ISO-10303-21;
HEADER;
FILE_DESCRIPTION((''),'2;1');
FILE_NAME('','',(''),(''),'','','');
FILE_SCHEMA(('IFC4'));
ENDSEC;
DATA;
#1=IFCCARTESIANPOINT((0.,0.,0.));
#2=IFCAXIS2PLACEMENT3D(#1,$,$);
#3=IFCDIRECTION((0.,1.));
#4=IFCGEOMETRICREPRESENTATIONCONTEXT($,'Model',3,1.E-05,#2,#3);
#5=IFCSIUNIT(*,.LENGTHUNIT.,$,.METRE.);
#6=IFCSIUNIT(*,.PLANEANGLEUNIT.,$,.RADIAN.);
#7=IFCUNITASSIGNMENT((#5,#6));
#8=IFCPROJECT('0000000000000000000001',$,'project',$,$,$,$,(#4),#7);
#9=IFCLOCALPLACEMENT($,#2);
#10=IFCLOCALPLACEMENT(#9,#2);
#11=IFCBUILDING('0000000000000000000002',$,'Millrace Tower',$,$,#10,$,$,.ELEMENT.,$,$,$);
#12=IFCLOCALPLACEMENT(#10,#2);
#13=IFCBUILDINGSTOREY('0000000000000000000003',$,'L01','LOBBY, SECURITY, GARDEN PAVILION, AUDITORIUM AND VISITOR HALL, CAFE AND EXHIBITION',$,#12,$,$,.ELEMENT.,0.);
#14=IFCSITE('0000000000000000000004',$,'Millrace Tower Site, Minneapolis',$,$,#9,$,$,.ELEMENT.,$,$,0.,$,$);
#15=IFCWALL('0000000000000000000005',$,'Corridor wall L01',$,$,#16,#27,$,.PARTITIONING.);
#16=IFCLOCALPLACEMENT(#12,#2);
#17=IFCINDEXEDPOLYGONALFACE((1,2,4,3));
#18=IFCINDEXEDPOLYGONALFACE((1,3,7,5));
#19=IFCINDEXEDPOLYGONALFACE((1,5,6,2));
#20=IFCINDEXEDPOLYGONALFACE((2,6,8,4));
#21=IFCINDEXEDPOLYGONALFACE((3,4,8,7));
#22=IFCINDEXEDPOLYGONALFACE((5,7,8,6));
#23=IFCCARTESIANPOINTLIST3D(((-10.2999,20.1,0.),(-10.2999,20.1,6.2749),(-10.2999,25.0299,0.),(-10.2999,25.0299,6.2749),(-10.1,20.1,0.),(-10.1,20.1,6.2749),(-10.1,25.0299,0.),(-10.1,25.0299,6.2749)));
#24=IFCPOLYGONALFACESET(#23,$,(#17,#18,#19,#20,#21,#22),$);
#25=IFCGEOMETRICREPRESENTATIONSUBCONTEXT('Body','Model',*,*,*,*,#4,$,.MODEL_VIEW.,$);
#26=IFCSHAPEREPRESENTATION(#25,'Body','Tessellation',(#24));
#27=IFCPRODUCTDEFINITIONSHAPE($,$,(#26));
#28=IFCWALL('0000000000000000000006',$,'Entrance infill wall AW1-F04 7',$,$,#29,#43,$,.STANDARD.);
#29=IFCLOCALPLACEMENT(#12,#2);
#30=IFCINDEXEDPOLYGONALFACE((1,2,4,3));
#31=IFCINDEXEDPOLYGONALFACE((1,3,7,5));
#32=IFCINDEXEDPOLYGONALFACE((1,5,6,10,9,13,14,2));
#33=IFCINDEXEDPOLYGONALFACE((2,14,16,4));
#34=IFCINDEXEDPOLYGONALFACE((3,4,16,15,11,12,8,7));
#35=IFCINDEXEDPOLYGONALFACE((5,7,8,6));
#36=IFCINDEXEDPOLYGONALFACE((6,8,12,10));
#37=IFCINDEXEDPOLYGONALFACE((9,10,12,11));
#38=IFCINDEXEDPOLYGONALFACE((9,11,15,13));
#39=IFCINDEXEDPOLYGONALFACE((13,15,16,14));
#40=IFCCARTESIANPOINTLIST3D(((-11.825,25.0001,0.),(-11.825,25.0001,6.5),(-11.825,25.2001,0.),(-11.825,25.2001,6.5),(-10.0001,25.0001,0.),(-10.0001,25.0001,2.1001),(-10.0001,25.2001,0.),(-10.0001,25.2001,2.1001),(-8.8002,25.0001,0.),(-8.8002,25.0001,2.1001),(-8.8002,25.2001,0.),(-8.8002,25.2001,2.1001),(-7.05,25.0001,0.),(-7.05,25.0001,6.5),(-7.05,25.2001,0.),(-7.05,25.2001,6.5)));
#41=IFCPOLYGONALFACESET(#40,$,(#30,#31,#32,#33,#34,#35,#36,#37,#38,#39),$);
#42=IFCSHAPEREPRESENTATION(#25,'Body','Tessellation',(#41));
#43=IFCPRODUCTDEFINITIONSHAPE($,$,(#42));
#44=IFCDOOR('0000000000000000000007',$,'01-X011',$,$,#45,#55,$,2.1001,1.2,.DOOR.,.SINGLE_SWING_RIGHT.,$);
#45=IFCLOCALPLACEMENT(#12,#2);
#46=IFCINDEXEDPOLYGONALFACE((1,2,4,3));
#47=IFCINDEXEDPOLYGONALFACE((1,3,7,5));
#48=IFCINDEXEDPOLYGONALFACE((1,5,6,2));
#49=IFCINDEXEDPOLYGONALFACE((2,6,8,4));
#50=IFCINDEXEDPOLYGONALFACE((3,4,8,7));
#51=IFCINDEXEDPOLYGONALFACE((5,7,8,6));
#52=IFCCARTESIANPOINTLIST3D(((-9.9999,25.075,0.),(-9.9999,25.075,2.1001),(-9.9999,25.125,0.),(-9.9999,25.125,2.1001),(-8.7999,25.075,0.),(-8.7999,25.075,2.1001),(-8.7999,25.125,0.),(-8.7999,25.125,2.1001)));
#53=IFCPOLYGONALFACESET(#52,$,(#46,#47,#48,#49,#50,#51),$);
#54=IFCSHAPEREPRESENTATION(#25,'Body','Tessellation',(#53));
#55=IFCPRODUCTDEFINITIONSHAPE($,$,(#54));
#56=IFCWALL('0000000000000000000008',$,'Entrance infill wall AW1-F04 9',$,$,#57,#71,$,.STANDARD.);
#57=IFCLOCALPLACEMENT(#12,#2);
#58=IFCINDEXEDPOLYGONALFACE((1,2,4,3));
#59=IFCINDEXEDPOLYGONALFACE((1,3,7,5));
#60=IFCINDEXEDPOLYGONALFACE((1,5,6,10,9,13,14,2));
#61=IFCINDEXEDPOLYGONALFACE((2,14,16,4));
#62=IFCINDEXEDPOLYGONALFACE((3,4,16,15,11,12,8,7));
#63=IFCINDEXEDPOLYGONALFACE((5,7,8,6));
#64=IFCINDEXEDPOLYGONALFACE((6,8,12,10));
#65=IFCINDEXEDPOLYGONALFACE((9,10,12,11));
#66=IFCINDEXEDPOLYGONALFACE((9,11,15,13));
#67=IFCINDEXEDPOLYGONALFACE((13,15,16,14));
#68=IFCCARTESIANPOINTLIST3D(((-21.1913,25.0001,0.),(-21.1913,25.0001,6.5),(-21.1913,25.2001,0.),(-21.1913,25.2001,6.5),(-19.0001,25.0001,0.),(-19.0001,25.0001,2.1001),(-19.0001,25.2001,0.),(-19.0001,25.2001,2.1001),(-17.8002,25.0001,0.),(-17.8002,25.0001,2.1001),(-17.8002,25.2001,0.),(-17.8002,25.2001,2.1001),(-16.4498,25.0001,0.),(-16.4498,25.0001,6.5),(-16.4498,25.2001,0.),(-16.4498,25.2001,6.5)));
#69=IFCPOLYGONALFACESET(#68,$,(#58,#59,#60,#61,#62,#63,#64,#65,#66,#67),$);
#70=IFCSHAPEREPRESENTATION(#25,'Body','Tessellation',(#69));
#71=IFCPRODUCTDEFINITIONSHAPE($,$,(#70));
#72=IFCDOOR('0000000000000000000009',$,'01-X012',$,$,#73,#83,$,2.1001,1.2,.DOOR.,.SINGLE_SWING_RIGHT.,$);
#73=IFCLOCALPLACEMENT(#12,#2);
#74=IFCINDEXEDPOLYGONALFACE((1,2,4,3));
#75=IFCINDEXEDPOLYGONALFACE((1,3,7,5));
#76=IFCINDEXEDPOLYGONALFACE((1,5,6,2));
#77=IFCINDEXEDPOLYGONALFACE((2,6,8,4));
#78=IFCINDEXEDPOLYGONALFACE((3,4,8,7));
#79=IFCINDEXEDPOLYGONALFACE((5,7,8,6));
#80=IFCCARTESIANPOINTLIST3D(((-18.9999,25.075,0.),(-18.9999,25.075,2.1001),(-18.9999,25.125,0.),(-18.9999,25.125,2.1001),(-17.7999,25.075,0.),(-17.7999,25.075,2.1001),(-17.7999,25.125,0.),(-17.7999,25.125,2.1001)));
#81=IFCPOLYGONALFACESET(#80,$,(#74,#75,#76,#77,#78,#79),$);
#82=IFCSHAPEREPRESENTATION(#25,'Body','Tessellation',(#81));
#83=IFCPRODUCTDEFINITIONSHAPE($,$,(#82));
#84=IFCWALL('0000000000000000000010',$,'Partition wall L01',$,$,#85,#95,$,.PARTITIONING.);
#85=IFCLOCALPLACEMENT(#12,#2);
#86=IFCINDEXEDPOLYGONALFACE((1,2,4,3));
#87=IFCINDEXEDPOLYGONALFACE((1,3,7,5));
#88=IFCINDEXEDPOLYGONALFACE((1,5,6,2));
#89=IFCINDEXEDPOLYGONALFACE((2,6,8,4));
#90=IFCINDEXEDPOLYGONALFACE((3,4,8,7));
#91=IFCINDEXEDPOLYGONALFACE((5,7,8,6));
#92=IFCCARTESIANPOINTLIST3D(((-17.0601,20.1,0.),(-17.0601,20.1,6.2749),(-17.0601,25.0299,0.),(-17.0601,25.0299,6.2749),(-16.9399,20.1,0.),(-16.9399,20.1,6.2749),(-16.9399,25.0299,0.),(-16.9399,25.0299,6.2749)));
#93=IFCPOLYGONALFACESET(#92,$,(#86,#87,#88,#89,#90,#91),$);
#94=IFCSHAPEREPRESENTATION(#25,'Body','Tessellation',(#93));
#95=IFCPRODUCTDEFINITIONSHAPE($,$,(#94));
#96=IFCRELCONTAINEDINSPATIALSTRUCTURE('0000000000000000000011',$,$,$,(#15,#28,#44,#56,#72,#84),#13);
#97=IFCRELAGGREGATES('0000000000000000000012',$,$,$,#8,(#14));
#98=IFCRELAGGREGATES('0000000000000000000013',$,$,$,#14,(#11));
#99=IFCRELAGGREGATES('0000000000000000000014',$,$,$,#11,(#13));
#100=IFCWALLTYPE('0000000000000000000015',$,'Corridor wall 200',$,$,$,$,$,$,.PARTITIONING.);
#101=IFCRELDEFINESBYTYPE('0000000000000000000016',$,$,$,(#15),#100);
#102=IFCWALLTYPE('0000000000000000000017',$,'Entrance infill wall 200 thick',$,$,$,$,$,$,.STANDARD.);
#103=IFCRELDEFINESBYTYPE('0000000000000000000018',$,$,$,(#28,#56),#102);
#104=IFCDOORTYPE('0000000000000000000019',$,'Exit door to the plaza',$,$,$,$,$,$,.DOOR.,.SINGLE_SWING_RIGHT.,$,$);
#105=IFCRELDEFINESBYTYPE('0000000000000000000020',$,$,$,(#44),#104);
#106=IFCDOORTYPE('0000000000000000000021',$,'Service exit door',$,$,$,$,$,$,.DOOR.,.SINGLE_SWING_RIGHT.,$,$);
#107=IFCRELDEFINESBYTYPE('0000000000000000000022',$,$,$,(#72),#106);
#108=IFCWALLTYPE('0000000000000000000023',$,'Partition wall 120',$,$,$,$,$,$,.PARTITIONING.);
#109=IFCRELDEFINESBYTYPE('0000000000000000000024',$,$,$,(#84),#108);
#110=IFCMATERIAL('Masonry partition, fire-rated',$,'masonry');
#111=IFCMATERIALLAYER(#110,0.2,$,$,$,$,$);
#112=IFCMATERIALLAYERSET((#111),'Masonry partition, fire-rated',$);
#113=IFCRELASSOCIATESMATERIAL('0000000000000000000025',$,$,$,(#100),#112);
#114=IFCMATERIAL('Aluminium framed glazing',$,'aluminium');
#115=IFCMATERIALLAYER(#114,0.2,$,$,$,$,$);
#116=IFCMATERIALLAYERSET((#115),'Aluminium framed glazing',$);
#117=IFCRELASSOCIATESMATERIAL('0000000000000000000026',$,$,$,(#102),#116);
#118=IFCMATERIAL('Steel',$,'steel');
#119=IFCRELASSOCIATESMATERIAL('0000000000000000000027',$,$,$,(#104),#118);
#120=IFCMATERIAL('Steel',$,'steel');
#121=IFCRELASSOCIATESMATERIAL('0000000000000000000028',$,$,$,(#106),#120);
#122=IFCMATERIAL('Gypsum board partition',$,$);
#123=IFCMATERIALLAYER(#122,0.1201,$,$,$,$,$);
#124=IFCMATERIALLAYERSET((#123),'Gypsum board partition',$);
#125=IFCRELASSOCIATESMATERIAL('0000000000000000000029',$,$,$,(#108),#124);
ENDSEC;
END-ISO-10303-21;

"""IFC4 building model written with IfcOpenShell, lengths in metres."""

from ifc_helpers import new_model, si_unit, direction, frame, frame_2d, origin, place, context, subcontext, project, spatial, rectangle, extrude, material, layer, layer_set, type_object, element, fill, save


model = new_model("IFC4")

# Units and contexts
model_context = context("Model", 3, precision=1e-05, world=origin(), true_north=direction((0.0, 1.0)))
body_context = subcontext(model_context, "Body", "Model", "MODEL_VIEW")
ifc_project = project(units=[si_unit("LENGTHUNIT", "METRE"), si_unit("PLANEANGLEUNIT", "RADIAN")], contexts=[model_context])

# Site, building, storey
site_placement = place(None, origin())
site = spatial("IfcSite", under=ifc_project, at=site_placement, Name="Millrace Tower Site, Minneapolis", CompositionType="ELEMENT", RefElevation=0.0)
building_placement = place(site_placement, origin())
building = spatial("IfcBuilding", under=site, at=building_placement, Name="Millrace Tower", CompositionType="ELEMENT")
storey_placement = place(building_placement, origin())
storey = spatial("IfcBuildingStorey", under=building, at=storey_placement, Name="L01", Description="LOBBY, SECURITY, GARDEN PAVILION, AUDITORIUM AND VISITOR HALL, CAFE AND EXHIBITION", CompositionType="ELEMENT", Elevation=0.0)

# Shared definitions
ifc_material_1 = material(Name="Masonry partition, fire-rated", Category="masonry")
ifc_layer_1 = layer(ifc_material_1, 0.2)
ifc_layer_set_1 = layer_set([ifc_layer_1], Name="Masonry partition, fire-rated")
wall_type_1 = type_object("IfcWallType", Name="Corridor wall 200", PredefinedType="PARTITIONING", material=ifc_layer_set_1)

# Wall
for number, where, z_axis, x_axis, name in (
    (1, (-10.2, 20.1001, 0.0), (0.0, 0.0, 1.0), (0.0, 1.0, 0.0), "Corridor wall L01"),
):
    element("IfcWall", number, at=place(storey_placement, frame(where, z_axis=z_axis, x_axis=x_axis)), inside=storey, type_object=wall_type_1, Name=name, PredefinedType="PARTITIONING", context=body_context, shape_type="SweptSolid", body=[
        extrude(rectangle(XDim=4.9299, YDim=0.2, at=frame_2d((2.4648, 0.0))), origin(), (0.0, 0.0, 1.0), 6.2749),
    ])

# Walls, openings, doors
ifc_material_2 = material(Name="Aluminium framed glazing", Category="aluminium")
ifc_layer_2 = layer(ifc_material_2, 0.2)
ifc_layer_set_2 = layer_set([ifc_layer_2], Name="Aluminium framed glazing")
wall_type_2 = type_object("IfcWallType", Name="Entrance infill wall 200 thick", PredefinedType="STANDARD", material=ifc_layer_set_2)
wall_1_placement = place(storey_placement, frame((-7.05, 25.1001, 0.0), z_axis=(0.0, 0.0, 1.0), x_axis=(-1.0, 0.0, 0.0)))
wall_1 = element("IfcWall", 2, at=wall_1_placement, inside=storey, type_object=wall_type_2, Name="Entrance infill wall AW1-F04 7", PredefinedType="STANDARD", context=body_context, shape_type="SweptSolid", body=[
    extrude(rectangle(XDim=4.7749, YDim=0.2, at=frame_2d((2.3875, 0.0))), origin(), (0.0, 0.0, 1.0), 6.5),
])
opening_1_placement = place(wall_1_placement, frame((1.75, 0.0, 0.0)))
opening_1 = element("IfcOpeningElement", 3, at=opening_1_placement, cuts=wall_1, PredefinedType="OPENING", context=body_context, shape_type="SweptSolid", body=[
    extrude(rectangle(XDim=1.2, YDim=2.1001, at=frame_2d((0.6001, 1.05))), frame((0.0, 0.1099, 0.0), z_axis=(0.0, -1.0, 0.0), x_axis=(1.0, 0.0, 0.0)), (0.0, 0.0, 1.0), 0.22),
])
ifc_material_3 = material(Name="Steel", Category="steel")
door_type_1 = type_object("IfcDoorType", Name="Exit door to the plaza", OperationType="SINGLE_SWING_RIGHT", PredefinedType="DOOR", material=ifc_material_3)
door_1_placement = place(opening_1_placement, frame((1.2, 0.0, 0.0), z_axis=(0.0, 0.0, 1.0), x_axis=(-1.0, 0.0, 0.0)))
door_1 = element("IfcDoor", 4, at=door_1_placement, inside=storey, type_object=door_type_1, Name="01-X011", OperationType="SINGLE_SWING_RIGHT", OverallHeight=2.1001, OverallWidth=1.2, PredefinedType="DOOR", context=body_context, shape_type="SweptSolid", body=[
    extrude(rectangle(XDim=1.2, YDim=2.1001, at=frame_2d((0.6001, 1.05))), frame((0.0, 0.0249, 0.0), z_axis=(0.0, -1.0, 0.0), x_axis=(1.0, 0.0, 0.0)), (0.0, 0.0, 1.0), 0.05),
])
fill(opening_1, door_1)
wall_2_placement = place(storey_placement, frame((-16.45, 25.1001, 0.0), z_axis=(0.0, 0.0, 1.0), x_axis=(-1.0, 0.0, 0.0)))
wall_2 = element("IfcWall", 5, at=wall_2_placement, inside=storey, type_object=wall_type_2, Name="Entrance infill wall AW1-F04 9", PredefinedType="STANDARD", context=body_context, shape_type="SweptSolid", body=[
    extrude(rectangle(XDim=4.7415, YDim=0.2, at=frame_2d((2.3706, 0.0))), origin(), (0.0, 0.0, 1.0), 6.5),
])
opening_2_placement = place(wall_2_placement, frame((1.3501, 0.0, 0.0)))
opening_2 = element("IfcOpeningElement", 6, at=opening_2_placement, cuts=wall_2, PredefinedType="OPENING", context=body_context, shape_type="SweptSolid", body=[
    extrude(rectangle(XDim=1.2, YDim=2.1001, at=frame_2d((0.6001, 1.05))), frame((0.0, 0.1099, 0.0), z_axis=(0.0, -1.0, 0.0), x_axis=(1.0, 0.0, 0.0)), (0.0, 0.0, 1.0), 0.22),
])
ifc_material_4 = material(Name="Steel", Category="steel")
door_type_2 = type_object("IfcDoorType", Name="Service exit door", OperationType="SINGLE_SWING_RIGHT", PredefinedType="DOOR", material=ifc_material_4)
door_2_placement = place(opening_2_placement, frame((1.2, 0.0, 0.0), z_axis=(0.0, 0.0, 1.0), x_axis=(-1.0, 0.0, 0.0)))
door_2 = element("IfcDoor", 7, at=door_2_placement, inside=storey, type_object=door_type_2, Name="01-X012", OperationType="SINGLE_SWING_RIGHT", OverallHeight=2.1001, OverallWidth=1.2, PredefinedType="DOOR", context=body_context, shape_type="SweptSolid", body=[
    extrude(rectangle(XDim=1.2, YDim=2.1001, at=frame_2d((0.6001, 1.05))), frame((0.0, 0.0249, 0.0), z_axis=(0.0, -1.0, 0.0), x_axis=(1.0, 0.0, 0.0)), (0.0, 0.0, 1.0), 0.05),
])
fill(opening_2, door_2)

# Wall
ifc_material_5 = material(Name="Gypsum board partition")
ifc_layer_3 = layer(ifc_material_5, 0.1201)
ifc_layer_set_3 = layer_set([ifc_layer_3], Name="Gypsum board partition")
wall_type_3 = type_object("IfcWallType", Name="Partition wall 120", PredefinedType="PARTITIONING", material=ifc_layer_set_3)
wall_3_placement = place(storey_placement, frame((-17.0, 20.1001, 0.0), z_axis=(0.0, 0.0, 1.0), x_axis=(0.0, 1.0, 0.0)))
element("IfcWall", 8, at=wall_3_placement, inside=storey, type_object=wall_type_3, Name="Partition wall L01", PredefinedType="PARTITIONING", context=body_context, shape_type="SweptSolid", body=[
    extrude(rectangle(XDim=4.9299, YDim=0.1201, at=frame_2d((2.4648, 0.0))), origin(), (0.0, 0.0, 1.0), 6.2749),
])

save(model, "model.ifc")
